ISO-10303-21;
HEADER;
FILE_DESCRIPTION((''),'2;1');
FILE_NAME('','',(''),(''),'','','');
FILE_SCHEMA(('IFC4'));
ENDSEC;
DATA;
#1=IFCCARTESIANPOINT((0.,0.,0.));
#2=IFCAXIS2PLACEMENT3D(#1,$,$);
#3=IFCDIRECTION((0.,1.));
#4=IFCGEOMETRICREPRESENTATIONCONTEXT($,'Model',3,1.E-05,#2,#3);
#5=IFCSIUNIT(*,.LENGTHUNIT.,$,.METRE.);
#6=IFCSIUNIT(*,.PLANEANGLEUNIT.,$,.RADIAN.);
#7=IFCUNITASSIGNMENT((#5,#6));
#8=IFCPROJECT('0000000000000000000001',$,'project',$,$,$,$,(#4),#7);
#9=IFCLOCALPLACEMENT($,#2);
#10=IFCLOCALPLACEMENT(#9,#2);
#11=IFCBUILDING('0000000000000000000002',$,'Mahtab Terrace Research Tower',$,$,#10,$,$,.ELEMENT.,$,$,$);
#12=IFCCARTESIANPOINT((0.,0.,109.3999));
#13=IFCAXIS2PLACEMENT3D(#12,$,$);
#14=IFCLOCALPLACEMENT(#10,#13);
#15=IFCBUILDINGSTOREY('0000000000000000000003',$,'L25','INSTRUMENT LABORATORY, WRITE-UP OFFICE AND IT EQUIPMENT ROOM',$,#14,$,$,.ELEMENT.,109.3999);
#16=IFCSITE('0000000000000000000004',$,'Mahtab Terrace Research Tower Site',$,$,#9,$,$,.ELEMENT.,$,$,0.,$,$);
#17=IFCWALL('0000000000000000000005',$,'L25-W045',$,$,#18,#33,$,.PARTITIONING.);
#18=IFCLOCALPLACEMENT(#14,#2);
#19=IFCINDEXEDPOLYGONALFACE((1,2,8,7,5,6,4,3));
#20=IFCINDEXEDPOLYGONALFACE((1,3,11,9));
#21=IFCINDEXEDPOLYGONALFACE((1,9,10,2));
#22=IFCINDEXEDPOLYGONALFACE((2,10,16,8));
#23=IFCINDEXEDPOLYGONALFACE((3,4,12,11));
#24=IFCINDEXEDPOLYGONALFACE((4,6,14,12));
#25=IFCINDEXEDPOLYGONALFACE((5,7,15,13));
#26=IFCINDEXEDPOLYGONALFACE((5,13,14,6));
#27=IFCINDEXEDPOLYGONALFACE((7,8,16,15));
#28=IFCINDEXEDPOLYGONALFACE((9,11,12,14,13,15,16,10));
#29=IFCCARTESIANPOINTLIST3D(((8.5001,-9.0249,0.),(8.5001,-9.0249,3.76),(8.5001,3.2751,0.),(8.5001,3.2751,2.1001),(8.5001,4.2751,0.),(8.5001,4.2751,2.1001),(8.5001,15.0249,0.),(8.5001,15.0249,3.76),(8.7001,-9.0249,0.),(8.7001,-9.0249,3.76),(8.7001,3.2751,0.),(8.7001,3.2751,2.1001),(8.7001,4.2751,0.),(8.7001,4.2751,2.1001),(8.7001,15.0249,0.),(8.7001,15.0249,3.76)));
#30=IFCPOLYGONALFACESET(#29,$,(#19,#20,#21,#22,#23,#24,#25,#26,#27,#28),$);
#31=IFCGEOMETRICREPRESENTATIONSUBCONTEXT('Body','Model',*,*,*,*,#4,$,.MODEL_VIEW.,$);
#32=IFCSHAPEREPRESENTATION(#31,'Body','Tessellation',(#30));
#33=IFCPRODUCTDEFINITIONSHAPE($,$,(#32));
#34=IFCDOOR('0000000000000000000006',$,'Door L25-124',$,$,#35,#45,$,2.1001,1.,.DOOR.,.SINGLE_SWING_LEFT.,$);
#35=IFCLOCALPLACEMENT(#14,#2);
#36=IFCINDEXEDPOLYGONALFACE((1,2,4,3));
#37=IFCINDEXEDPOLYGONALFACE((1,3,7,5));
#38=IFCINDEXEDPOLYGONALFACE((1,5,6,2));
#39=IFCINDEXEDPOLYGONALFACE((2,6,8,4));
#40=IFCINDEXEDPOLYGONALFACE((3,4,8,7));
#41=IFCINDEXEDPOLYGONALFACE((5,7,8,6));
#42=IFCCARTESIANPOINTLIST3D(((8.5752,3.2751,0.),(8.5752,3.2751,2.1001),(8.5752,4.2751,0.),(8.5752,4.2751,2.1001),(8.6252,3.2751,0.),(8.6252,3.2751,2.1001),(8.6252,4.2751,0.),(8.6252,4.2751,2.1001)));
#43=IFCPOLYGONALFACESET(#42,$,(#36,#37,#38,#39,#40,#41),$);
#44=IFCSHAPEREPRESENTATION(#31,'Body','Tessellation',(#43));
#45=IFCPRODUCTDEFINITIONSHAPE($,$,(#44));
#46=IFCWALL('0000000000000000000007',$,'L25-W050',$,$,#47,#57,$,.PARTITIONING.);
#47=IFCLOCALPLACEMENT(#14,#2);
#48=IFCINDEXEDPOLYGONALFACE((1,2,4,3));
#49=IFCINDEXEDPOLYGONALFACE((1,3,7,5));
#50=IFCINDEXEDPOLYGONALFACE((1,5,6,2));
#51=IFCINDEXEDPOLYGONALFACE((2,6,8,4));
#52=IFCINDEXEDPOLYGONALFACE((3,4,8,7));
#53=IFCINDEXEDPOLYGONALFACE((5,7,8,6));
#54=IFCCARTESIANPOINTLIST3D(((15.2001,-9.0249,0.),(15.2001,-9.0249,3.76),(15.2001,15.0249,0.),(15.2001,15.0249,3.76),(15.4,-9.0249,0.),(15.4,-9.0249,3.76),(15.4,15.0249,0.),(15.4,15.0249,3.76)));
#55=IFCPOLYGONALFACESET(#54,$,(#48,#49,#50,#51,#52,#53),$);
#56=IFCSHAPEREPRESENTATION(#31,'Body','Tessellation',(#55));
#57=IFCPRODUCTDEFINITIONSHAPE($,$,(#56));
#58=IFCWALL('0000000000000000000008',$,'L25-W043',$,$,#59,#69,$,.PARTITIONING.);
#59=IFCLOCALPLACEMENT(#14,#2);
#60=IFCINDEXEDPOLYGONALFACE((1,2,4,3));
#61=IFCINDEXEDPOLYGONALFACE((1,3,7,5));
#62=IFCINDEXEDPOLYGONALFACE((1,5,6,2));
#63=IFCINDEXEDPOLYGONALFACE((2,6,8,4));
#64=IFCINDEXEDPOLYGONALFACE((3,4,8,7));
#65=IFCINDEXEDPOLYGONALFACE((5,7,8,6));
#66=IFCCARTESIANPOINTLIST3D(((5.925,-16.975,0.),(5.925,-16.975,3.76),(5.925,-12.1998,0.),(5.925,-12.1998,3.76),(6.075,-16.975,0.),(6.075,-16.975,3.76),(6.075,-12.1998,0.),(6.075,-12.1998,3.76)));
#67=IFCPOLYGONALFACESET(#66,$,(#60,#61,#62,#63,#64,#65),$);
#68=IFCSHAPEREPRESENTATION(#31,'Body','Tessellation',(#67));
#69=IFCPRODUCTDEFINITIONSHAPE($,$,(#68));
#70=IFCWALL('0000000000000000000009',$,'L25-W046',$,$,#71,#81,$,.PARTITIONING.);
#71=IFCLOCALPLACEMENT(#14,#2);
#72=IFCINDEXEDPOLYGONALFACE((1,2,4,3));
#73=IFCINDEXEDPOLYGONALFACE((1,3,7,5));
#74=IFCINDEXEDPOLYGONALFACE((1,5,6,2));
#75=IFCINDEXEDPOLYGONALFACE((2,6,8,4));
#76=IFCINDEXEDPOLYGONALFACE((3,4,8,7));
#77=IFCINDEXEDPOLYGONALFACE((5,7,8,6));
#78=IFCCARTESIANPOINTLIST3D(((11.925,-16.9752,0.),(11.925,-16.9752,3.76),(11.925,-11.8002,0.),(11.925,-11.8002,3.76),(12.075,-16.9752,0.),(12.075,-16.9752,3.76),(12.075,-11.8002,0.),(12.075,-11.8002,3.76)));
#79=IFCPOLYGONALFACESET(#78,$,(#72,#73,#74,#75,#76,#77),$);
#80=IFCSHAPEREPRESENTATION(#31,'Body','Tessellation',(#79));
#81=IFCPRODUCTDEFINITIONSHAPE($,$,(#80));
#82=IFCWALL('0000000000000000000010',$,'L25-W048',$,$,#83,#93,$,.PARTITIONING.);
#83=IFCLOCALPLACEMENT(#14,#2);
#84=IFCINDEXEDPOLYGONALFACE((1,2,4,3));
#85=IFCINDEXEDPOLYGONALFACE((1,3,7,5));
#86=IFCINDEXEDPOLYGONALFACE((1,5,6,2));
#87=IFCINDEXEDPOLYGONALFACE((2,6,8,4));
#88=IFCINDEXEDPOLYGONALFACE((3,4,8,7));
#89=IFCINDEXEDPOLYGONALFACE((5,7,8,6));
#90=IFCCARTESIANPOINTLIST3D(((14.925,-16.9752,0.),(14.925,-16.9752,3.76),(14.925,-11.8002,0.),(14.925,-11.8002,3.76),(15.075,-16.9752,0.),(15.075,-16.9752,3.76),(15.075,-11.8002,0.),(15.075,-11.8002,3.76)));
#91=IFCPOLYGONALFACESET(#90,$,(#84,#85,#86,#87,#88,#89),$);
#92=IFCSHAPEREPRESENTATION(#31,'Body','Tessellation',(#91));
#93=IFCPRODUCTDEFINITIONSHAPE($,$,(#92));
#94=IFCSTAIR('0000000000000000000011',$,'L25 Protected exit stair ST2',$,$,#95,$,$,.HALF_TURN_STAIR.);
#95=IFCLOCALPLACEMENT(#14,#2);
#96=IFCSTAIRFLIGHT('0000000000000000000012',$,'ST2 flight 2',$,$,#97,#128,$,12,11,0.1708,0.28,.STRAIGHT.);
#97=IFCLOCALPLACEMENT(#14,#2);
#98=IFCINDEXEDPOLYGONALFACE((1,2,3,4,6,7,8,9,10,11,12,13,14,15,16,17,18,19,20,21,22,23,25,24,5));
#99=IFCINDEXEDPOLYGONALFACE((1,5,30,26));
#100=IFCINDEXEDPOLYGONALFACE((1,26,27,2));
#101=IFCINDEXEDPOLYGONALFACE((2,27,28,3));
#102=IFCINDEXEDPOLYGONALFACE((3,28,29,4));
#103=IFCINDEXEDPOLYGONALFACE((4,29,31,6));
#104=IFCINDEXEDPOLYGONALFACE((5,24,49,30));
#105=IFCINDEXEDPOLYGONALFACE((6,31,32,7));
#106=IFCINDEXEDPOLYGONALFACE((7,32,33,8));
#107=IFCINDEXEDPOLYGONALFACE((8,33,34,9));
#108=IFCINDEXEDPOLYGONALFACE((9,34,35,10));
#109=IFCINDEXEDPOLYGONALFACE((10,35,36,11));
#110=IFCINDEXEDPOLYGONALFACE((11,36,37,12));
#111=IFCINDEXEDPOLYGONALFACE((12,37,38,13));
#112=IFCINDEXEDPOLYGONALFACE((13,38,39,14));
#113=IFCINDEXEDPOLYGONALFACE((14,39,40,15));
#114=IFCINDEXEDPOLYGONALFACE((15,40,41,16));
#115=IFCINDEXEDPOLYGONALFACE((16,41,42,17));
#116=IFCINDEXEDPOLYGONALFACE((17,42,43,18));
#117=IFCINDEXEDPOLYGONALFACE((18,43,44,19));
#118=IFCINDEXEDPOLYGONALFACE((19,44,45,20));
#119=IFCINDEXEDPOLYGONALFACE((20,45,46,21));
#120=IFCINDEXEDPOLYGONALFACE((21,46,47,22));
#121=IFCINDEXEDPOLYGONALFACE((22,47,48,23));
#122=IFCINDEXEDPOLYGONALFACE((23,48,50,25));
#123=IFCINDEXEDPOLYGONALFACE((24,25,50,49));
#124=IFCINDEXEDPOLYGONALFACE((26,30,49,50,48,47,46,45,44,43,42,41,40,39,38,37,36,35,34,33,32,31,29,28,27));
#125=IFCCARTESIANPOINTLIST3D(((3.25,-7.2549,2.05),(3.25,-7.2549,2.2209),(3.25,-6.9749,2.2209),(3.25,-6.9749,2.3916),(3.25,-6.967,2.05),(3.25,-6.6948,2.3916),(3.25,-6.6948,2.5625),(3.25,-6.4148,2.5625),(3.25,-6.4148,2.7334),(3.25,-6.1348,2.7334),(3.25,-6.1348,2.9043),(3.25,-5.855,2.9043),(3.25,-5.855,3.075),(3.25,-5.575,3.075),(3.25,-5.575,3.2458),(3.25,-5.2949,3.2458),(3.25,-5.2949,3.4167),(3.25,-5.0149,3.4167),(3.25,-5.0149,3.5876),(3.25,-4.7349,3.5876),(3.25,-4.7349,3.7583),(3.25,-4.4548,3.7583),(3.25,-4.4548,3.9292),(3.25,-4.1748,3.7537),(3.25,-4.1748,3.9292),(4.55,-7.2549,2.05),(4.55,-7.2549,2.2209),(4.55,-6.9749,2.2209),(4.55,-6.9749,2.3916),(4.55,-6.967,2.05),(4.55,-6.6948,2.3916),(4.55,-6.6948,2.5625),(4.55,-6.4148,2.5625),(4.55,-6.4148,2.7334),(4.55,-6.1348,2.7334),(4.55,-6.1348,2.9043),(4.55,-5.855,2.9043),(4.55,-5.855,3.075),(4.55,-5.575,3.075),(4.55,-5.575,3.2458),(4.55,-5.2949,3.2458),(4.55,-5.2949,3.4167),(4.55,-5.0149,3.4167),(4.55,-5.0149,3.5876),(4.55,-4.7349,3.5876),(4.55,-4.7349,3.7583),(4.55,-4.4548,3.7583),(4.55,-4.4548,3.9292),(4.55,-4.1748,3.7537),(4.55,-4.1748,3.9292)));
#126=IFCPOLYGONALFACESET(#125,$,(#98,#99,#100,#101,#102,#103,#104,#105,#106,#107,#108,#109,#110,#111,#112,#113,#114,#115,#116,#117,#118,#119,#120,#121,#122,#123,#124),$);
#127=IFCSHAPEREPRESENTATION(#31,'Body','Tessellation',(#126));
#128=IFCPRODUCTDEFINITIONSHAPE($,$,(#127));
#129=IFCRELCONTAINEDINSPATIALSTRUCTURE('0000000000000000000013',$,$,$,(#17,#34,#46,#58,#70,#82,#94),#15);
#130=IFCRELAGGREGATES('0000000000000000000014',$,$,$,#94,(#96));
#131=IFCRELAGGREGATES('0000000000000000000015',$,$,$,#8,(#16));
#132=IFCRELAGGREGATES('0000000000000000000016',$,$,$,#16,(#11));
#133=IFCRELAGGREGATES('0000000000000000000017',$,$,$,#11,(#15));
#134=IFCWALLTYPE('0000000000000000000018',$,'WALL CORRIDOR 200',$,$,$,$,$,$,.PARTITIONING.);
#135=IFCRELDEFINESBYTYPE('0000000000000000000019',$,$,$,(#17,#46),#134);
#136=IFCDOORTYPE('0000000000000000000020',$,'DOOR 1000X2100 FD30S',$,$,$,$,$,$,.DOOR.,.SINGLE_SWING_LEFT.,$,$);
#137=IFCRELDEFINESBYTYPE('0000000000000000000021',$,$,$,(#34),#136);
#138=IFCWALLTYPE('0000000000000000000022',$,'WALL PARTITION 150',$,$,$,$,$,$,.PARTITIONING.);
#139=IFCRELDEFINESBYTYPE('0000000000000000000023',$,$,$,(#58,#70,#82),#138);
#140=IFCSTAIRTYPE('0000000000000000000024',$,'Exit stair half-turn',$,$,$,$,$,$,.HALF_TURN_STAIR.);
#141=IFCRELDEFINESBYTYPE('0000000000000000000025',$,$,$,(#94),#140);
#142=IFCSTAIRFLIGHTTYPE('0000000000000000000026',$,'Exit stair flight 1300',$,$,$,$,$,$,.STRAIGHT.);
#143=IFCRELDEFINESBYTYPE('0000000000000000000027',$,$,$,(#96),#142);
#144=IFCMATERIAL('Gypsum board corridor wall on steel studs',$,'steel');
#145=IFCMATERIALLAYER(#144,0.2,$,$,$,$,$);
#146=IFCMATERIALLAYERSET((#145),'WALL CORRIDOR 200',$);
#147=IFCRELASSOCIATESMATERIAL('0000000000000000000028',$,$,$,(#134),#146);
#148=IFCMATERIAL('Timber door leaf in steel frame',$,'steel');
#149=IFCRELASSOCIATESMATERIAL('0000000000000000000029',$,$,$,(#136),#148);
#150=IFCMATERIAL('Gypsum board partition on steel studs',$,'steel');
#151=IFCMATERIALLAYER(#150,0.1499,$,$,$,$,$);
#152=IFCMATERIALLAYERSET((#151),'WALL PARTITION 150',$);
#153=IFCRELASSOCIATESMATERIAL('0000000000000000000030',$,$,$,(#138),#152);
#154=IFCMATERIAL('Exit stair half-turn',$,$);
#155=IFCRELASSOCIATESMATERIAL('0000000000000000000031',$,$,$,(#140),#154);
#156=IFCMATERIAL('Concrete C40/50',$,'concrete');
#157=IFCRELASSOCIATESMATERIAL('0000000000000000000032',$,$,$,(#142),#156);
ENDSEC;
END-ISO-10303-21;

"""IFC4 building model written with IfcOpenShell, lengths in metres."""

from ifc_helpers import new_model, si_unit, direction, frame, frame_2d, origin, place, context, subcontext, project, spatial, polyline, rectangle, outline, extrude, material, layer, layer_set, type_object, element, fill, aggregate, save


model = new_model("IFC4")

# Units and contexts
model_context = context("Model", 3, precision=1e-05, world=origin(), true_north=direction((0.0, 1.0)))
body_context = subcontext(model_context, "Body", "Model", "MODEL_VIEW")
ifc_project = project(units=[si_unit("LENGTHUNIT", "METRE"), si_unit("PLANEANGLEUNIT", "RADIAN")], contexts=[model_context])

# Site, building, storey
site_placement = place(None, origin())
site = spatial("IfcSite", under=ifc_project, at=site_placement, Name="Mahtab Terrace Research Tower Site", CompositionType="ELEMENT", RefElevation=0.0)
building_placement = place(site_placement, origin())
building = spatial("IfcBuilding", under=site, at=building_placement, Name="Mahtab Terrace Research Tower", CompositionType="ELEMENT")
storey_placement = place(building_placement, frame((0.0, 0.0, 109.3999)))
storey = spatial("IfcBuildingStorey", under=building, at=storey_placement, Name="L25", Description="INSTRUMENT LABORATORY, WRITE-UP OFFICE AND IT EQUIPMENT ROOM", CompositionType="ELEMENT", Elevation=109.3999)

# Shared definitions
ifc_material_1 = material(Name="Gypsum board corridor wall on steel studs", Category="steel")
ifc_layer_1 = layer(ifc_material_1, 0.2)
ifc_layer_set_1 = layer_set([ifc_layer_1], Name="WALL CORRIDOR 200")
wall_type_1 = type_object("IfcWallType", Name="WALL CORRIDOR 200", PredefinedType="PARTITIONING", material=ifc_layer_set_1)
ifc_material_2 = material(Name="Timber door leaf in steel frame", Category="steel")

# Wall, opening, door
wall_1_placement = place(storey_placement, frame((8.6001, -9.0249, 0.0), z_axis=(0.0, 0.0, 1.0), x_axis=(0.0, 1.0, 0.0)))
wall_1 = element("IfcWall", 1, at=wall_1_placement, inside=storey, type_object=wall_type_1, Name="L25-W045", PredefinedType="PARTITIONING", context=body_context, shape_type="SweptSolid", body=[
    extrude(rectangle(XDim=24.0498, YDim=0.2, at=frame_2d((12.0249, 0.0))), origin(), (0.0, 0.0, 1.0), 3.76),
])
opening_1_placement = place(wall_1_placement, frame((12.3, 0.0, 0.0)))
opening_1 = element("IfcOpeningElement", 2, at=opening_1_placement, cuts=wall_1, PredefinedType="OPENING", context=body_context, shape_type="SweptSolid", body=[
    extrude(rectangle(XDim=1.0, YDim=2.1001, at=frame_2d((0.5, 1.05))), frame((0.0, 0.1099, 0.0), z_axis=(0.0, -1.0, 0.0), x_axis=(1.0, 0.0, 0.0)), (0.0, 0.0, 1.0), 0.22),
])
door_type_1 = type_object("IfcDoorType", Name="DOOR 1000X2100 FD30S", OperationType="SINGLE_SWING_LEFT", PredefinedType="DOOR", material=ifc_material_2)
door_1_placement = place(opening_1_placement, origin())
door_1 = element("IfcDoor", 3, at=door_1_placement, inside=storey, type_object=door_type_1, Name="Door L25-124", OperationType="SINGLE_SWING_LEFT", OverallHeight=2.1001, OverallWidth=1.0, PredefinedType="DOOR", context=body_context, shape_type="SweptSolid", body=[
    extrude(rectangle(XDim=1.0, YDim=2.1001, at=frame_2d((0.5, 1.05))), frame((0.0, 0.0249, 0.0), z_axis=(0.0, -1.0, 0.0), x_axis=(1.0, 0.0, 0.0)), (0.0, 0.0, 1.0), 0.05),
])
fill(opening_1, door_1)

# Walls
wall_2_placement = place(storey_placement, frame((15.3, -9.0249, 0.0), z_axis=(0.0, 0.0, 1.0), x_axis=(0.0, 1.0, 0.0)))
element("IfcWall", 4, at=wall_2_placement, inside=storey, type_object=wall_type_1, Name="L25-W050", PredefinedType="PARTITIONING", context=body_context, shape_type="SweptSolid", body=[
    extrude(rectangle(XDim=24.0498, YDim=0.2, at=frame_2d((12.0249, 0.0))), origin(), (0.0, 0.0, 1.0), 3.76),
])
ifc_material_3 = material(Name="Gypsum board partition on steel studs", Category="steel")
ifc_layer_2 = layer(ifc_material_3, 0.1499)
ifc_layer_set_2 = layer_set([ifc_layer_2], Name="WALL PARTITION 150")
wall_type_2 = type_object("IfcWallType", Name="WALL PARTITION 150", PredefinedType="PARTITIONING", material=ifc_layer_set_2)
wall_3_placement = place(storey_placement, frame((6.0, -16.9751, 0.0), z_axis=(0.0, 0.0, 1.0), x_axis=(0.0, 1.0, 0.0)))
element("IfcWall", 5, at=wall_3_placement, inside=storey, type_object=wall_type_2, Name="L25-W043", PredefinedType="PARTITIONING", context=body_context, shape_type="SweptSolid", body=[
    extrude(rectangle(XDim=4.7751, YDim=0.1499, at=frame_2d((2.3877, 0.0))), origin(), (0.0, 0.0, 1.0), 3.76),
])
for number, where, z_axis, x_axis, name in (
    (6, (12.0, -16.9751, 0.0), (0.0, 0.0, 1.0), (0.0, 1.0, 0.0), "L25-W046"),
    (7, (15.0, -16.9751, 0.0), (0.0, 0.0, 1.0), (0.0, 1.0, 0.0), "L25-W048"),
):
    element("IfcWall", number, at=place(storey_placement, frame(where, z_axis=z_axis, x_axis=x_axis)), inside=storey, type_object=wall_type_2, Name=name, PredefinedType="PARTITIONING", context=body_context, shape_type="SweptSolid", body=[
        extrude(rectangle(XDim=5.175, YDim=0.1499, at=frame_2d((2.5874, 0.0))), origin(), (0.0, 0.0, 1.0), 3.76),
    ])

# Stair, stair flight
ifc_material_4 = material(Name="Exit stair half-turn")
stair_type = type_object("IfcStairType", Name="Exit stair half-turn", PredefinedType="HALF_TURN_STAIR", material=ifc_material_4)
stair_placement = place(storey_placement, origin())
stair = element("IfcStair", 8, at=stair_placement, inside=storey, type_object=stair_type, Name="L25 Protected exit stair ST2", PredefinedType="HALF_TURN_STAIR")
ifc_material_5 = material(Name="Concrete C40/50", Category="concrete")
stair_flight_type = type_object("IfcStairFlightType", Name="Exit stair flight 1300", PredefinedType="STRAIGHT", material=ifc_material_5)
stair_flight_placement = place(storey_placement, frame((3.8999, -7.2549, 2.05), z_axis=(0.0, 0.0, 1.0), x_axis=(0.0, 1.0, 0.0)))
stair_flight = element("IfcStairFlight", 9, at=stair_flight_placement, type_object=stair_flight_type, Name="ST2 flight 2", NumberOfRisers=12, NumberOfTreads=11, PredefinedType="STRAIGHT", RiserHeight=0.1708, TreadLength=0.28, context=body_context, shape_type="SweptSolid", body=[
    extrude(outline(polyline([(0.0, 0.0), (0.0, 0.1709), (0.28, 0.1709), (0.28, 0.3416), (0.5601, 0.3416), (0.5601, 0.5125), (0.8401, 0.5125), (0.8401, 0.6833), (1.1201, 0.6833), (1.1201, 0.8542), (1.3999, 0.8542), (1.3999, 1.0249), (1.6799, 1.0249), (1.6799, 1.1958), (1.96, 1.1958), (1.96, 1.3667), (2.24, 1.3667), (2.24, 1.5376), (2.52, 1.5376), (2.52, 1.7083), (2.8, 1.7083), (2.8, 1.8792), (3.0801, 1.8792), (3.0801, 2.05), (3.0801, 1.7036), (0.2878, 0.0), (0.0, 0.0)])), frame((0.0, 0.6499, 0.0), z_axis=(0.0, -1.0, 0.0), x_axis=(1.0, 0.0, 0.0)), (0.0, 0.0, 1.0), 1.3),
])
aggregate(stair, [stair_flight])

save(model, "model.ifc")
